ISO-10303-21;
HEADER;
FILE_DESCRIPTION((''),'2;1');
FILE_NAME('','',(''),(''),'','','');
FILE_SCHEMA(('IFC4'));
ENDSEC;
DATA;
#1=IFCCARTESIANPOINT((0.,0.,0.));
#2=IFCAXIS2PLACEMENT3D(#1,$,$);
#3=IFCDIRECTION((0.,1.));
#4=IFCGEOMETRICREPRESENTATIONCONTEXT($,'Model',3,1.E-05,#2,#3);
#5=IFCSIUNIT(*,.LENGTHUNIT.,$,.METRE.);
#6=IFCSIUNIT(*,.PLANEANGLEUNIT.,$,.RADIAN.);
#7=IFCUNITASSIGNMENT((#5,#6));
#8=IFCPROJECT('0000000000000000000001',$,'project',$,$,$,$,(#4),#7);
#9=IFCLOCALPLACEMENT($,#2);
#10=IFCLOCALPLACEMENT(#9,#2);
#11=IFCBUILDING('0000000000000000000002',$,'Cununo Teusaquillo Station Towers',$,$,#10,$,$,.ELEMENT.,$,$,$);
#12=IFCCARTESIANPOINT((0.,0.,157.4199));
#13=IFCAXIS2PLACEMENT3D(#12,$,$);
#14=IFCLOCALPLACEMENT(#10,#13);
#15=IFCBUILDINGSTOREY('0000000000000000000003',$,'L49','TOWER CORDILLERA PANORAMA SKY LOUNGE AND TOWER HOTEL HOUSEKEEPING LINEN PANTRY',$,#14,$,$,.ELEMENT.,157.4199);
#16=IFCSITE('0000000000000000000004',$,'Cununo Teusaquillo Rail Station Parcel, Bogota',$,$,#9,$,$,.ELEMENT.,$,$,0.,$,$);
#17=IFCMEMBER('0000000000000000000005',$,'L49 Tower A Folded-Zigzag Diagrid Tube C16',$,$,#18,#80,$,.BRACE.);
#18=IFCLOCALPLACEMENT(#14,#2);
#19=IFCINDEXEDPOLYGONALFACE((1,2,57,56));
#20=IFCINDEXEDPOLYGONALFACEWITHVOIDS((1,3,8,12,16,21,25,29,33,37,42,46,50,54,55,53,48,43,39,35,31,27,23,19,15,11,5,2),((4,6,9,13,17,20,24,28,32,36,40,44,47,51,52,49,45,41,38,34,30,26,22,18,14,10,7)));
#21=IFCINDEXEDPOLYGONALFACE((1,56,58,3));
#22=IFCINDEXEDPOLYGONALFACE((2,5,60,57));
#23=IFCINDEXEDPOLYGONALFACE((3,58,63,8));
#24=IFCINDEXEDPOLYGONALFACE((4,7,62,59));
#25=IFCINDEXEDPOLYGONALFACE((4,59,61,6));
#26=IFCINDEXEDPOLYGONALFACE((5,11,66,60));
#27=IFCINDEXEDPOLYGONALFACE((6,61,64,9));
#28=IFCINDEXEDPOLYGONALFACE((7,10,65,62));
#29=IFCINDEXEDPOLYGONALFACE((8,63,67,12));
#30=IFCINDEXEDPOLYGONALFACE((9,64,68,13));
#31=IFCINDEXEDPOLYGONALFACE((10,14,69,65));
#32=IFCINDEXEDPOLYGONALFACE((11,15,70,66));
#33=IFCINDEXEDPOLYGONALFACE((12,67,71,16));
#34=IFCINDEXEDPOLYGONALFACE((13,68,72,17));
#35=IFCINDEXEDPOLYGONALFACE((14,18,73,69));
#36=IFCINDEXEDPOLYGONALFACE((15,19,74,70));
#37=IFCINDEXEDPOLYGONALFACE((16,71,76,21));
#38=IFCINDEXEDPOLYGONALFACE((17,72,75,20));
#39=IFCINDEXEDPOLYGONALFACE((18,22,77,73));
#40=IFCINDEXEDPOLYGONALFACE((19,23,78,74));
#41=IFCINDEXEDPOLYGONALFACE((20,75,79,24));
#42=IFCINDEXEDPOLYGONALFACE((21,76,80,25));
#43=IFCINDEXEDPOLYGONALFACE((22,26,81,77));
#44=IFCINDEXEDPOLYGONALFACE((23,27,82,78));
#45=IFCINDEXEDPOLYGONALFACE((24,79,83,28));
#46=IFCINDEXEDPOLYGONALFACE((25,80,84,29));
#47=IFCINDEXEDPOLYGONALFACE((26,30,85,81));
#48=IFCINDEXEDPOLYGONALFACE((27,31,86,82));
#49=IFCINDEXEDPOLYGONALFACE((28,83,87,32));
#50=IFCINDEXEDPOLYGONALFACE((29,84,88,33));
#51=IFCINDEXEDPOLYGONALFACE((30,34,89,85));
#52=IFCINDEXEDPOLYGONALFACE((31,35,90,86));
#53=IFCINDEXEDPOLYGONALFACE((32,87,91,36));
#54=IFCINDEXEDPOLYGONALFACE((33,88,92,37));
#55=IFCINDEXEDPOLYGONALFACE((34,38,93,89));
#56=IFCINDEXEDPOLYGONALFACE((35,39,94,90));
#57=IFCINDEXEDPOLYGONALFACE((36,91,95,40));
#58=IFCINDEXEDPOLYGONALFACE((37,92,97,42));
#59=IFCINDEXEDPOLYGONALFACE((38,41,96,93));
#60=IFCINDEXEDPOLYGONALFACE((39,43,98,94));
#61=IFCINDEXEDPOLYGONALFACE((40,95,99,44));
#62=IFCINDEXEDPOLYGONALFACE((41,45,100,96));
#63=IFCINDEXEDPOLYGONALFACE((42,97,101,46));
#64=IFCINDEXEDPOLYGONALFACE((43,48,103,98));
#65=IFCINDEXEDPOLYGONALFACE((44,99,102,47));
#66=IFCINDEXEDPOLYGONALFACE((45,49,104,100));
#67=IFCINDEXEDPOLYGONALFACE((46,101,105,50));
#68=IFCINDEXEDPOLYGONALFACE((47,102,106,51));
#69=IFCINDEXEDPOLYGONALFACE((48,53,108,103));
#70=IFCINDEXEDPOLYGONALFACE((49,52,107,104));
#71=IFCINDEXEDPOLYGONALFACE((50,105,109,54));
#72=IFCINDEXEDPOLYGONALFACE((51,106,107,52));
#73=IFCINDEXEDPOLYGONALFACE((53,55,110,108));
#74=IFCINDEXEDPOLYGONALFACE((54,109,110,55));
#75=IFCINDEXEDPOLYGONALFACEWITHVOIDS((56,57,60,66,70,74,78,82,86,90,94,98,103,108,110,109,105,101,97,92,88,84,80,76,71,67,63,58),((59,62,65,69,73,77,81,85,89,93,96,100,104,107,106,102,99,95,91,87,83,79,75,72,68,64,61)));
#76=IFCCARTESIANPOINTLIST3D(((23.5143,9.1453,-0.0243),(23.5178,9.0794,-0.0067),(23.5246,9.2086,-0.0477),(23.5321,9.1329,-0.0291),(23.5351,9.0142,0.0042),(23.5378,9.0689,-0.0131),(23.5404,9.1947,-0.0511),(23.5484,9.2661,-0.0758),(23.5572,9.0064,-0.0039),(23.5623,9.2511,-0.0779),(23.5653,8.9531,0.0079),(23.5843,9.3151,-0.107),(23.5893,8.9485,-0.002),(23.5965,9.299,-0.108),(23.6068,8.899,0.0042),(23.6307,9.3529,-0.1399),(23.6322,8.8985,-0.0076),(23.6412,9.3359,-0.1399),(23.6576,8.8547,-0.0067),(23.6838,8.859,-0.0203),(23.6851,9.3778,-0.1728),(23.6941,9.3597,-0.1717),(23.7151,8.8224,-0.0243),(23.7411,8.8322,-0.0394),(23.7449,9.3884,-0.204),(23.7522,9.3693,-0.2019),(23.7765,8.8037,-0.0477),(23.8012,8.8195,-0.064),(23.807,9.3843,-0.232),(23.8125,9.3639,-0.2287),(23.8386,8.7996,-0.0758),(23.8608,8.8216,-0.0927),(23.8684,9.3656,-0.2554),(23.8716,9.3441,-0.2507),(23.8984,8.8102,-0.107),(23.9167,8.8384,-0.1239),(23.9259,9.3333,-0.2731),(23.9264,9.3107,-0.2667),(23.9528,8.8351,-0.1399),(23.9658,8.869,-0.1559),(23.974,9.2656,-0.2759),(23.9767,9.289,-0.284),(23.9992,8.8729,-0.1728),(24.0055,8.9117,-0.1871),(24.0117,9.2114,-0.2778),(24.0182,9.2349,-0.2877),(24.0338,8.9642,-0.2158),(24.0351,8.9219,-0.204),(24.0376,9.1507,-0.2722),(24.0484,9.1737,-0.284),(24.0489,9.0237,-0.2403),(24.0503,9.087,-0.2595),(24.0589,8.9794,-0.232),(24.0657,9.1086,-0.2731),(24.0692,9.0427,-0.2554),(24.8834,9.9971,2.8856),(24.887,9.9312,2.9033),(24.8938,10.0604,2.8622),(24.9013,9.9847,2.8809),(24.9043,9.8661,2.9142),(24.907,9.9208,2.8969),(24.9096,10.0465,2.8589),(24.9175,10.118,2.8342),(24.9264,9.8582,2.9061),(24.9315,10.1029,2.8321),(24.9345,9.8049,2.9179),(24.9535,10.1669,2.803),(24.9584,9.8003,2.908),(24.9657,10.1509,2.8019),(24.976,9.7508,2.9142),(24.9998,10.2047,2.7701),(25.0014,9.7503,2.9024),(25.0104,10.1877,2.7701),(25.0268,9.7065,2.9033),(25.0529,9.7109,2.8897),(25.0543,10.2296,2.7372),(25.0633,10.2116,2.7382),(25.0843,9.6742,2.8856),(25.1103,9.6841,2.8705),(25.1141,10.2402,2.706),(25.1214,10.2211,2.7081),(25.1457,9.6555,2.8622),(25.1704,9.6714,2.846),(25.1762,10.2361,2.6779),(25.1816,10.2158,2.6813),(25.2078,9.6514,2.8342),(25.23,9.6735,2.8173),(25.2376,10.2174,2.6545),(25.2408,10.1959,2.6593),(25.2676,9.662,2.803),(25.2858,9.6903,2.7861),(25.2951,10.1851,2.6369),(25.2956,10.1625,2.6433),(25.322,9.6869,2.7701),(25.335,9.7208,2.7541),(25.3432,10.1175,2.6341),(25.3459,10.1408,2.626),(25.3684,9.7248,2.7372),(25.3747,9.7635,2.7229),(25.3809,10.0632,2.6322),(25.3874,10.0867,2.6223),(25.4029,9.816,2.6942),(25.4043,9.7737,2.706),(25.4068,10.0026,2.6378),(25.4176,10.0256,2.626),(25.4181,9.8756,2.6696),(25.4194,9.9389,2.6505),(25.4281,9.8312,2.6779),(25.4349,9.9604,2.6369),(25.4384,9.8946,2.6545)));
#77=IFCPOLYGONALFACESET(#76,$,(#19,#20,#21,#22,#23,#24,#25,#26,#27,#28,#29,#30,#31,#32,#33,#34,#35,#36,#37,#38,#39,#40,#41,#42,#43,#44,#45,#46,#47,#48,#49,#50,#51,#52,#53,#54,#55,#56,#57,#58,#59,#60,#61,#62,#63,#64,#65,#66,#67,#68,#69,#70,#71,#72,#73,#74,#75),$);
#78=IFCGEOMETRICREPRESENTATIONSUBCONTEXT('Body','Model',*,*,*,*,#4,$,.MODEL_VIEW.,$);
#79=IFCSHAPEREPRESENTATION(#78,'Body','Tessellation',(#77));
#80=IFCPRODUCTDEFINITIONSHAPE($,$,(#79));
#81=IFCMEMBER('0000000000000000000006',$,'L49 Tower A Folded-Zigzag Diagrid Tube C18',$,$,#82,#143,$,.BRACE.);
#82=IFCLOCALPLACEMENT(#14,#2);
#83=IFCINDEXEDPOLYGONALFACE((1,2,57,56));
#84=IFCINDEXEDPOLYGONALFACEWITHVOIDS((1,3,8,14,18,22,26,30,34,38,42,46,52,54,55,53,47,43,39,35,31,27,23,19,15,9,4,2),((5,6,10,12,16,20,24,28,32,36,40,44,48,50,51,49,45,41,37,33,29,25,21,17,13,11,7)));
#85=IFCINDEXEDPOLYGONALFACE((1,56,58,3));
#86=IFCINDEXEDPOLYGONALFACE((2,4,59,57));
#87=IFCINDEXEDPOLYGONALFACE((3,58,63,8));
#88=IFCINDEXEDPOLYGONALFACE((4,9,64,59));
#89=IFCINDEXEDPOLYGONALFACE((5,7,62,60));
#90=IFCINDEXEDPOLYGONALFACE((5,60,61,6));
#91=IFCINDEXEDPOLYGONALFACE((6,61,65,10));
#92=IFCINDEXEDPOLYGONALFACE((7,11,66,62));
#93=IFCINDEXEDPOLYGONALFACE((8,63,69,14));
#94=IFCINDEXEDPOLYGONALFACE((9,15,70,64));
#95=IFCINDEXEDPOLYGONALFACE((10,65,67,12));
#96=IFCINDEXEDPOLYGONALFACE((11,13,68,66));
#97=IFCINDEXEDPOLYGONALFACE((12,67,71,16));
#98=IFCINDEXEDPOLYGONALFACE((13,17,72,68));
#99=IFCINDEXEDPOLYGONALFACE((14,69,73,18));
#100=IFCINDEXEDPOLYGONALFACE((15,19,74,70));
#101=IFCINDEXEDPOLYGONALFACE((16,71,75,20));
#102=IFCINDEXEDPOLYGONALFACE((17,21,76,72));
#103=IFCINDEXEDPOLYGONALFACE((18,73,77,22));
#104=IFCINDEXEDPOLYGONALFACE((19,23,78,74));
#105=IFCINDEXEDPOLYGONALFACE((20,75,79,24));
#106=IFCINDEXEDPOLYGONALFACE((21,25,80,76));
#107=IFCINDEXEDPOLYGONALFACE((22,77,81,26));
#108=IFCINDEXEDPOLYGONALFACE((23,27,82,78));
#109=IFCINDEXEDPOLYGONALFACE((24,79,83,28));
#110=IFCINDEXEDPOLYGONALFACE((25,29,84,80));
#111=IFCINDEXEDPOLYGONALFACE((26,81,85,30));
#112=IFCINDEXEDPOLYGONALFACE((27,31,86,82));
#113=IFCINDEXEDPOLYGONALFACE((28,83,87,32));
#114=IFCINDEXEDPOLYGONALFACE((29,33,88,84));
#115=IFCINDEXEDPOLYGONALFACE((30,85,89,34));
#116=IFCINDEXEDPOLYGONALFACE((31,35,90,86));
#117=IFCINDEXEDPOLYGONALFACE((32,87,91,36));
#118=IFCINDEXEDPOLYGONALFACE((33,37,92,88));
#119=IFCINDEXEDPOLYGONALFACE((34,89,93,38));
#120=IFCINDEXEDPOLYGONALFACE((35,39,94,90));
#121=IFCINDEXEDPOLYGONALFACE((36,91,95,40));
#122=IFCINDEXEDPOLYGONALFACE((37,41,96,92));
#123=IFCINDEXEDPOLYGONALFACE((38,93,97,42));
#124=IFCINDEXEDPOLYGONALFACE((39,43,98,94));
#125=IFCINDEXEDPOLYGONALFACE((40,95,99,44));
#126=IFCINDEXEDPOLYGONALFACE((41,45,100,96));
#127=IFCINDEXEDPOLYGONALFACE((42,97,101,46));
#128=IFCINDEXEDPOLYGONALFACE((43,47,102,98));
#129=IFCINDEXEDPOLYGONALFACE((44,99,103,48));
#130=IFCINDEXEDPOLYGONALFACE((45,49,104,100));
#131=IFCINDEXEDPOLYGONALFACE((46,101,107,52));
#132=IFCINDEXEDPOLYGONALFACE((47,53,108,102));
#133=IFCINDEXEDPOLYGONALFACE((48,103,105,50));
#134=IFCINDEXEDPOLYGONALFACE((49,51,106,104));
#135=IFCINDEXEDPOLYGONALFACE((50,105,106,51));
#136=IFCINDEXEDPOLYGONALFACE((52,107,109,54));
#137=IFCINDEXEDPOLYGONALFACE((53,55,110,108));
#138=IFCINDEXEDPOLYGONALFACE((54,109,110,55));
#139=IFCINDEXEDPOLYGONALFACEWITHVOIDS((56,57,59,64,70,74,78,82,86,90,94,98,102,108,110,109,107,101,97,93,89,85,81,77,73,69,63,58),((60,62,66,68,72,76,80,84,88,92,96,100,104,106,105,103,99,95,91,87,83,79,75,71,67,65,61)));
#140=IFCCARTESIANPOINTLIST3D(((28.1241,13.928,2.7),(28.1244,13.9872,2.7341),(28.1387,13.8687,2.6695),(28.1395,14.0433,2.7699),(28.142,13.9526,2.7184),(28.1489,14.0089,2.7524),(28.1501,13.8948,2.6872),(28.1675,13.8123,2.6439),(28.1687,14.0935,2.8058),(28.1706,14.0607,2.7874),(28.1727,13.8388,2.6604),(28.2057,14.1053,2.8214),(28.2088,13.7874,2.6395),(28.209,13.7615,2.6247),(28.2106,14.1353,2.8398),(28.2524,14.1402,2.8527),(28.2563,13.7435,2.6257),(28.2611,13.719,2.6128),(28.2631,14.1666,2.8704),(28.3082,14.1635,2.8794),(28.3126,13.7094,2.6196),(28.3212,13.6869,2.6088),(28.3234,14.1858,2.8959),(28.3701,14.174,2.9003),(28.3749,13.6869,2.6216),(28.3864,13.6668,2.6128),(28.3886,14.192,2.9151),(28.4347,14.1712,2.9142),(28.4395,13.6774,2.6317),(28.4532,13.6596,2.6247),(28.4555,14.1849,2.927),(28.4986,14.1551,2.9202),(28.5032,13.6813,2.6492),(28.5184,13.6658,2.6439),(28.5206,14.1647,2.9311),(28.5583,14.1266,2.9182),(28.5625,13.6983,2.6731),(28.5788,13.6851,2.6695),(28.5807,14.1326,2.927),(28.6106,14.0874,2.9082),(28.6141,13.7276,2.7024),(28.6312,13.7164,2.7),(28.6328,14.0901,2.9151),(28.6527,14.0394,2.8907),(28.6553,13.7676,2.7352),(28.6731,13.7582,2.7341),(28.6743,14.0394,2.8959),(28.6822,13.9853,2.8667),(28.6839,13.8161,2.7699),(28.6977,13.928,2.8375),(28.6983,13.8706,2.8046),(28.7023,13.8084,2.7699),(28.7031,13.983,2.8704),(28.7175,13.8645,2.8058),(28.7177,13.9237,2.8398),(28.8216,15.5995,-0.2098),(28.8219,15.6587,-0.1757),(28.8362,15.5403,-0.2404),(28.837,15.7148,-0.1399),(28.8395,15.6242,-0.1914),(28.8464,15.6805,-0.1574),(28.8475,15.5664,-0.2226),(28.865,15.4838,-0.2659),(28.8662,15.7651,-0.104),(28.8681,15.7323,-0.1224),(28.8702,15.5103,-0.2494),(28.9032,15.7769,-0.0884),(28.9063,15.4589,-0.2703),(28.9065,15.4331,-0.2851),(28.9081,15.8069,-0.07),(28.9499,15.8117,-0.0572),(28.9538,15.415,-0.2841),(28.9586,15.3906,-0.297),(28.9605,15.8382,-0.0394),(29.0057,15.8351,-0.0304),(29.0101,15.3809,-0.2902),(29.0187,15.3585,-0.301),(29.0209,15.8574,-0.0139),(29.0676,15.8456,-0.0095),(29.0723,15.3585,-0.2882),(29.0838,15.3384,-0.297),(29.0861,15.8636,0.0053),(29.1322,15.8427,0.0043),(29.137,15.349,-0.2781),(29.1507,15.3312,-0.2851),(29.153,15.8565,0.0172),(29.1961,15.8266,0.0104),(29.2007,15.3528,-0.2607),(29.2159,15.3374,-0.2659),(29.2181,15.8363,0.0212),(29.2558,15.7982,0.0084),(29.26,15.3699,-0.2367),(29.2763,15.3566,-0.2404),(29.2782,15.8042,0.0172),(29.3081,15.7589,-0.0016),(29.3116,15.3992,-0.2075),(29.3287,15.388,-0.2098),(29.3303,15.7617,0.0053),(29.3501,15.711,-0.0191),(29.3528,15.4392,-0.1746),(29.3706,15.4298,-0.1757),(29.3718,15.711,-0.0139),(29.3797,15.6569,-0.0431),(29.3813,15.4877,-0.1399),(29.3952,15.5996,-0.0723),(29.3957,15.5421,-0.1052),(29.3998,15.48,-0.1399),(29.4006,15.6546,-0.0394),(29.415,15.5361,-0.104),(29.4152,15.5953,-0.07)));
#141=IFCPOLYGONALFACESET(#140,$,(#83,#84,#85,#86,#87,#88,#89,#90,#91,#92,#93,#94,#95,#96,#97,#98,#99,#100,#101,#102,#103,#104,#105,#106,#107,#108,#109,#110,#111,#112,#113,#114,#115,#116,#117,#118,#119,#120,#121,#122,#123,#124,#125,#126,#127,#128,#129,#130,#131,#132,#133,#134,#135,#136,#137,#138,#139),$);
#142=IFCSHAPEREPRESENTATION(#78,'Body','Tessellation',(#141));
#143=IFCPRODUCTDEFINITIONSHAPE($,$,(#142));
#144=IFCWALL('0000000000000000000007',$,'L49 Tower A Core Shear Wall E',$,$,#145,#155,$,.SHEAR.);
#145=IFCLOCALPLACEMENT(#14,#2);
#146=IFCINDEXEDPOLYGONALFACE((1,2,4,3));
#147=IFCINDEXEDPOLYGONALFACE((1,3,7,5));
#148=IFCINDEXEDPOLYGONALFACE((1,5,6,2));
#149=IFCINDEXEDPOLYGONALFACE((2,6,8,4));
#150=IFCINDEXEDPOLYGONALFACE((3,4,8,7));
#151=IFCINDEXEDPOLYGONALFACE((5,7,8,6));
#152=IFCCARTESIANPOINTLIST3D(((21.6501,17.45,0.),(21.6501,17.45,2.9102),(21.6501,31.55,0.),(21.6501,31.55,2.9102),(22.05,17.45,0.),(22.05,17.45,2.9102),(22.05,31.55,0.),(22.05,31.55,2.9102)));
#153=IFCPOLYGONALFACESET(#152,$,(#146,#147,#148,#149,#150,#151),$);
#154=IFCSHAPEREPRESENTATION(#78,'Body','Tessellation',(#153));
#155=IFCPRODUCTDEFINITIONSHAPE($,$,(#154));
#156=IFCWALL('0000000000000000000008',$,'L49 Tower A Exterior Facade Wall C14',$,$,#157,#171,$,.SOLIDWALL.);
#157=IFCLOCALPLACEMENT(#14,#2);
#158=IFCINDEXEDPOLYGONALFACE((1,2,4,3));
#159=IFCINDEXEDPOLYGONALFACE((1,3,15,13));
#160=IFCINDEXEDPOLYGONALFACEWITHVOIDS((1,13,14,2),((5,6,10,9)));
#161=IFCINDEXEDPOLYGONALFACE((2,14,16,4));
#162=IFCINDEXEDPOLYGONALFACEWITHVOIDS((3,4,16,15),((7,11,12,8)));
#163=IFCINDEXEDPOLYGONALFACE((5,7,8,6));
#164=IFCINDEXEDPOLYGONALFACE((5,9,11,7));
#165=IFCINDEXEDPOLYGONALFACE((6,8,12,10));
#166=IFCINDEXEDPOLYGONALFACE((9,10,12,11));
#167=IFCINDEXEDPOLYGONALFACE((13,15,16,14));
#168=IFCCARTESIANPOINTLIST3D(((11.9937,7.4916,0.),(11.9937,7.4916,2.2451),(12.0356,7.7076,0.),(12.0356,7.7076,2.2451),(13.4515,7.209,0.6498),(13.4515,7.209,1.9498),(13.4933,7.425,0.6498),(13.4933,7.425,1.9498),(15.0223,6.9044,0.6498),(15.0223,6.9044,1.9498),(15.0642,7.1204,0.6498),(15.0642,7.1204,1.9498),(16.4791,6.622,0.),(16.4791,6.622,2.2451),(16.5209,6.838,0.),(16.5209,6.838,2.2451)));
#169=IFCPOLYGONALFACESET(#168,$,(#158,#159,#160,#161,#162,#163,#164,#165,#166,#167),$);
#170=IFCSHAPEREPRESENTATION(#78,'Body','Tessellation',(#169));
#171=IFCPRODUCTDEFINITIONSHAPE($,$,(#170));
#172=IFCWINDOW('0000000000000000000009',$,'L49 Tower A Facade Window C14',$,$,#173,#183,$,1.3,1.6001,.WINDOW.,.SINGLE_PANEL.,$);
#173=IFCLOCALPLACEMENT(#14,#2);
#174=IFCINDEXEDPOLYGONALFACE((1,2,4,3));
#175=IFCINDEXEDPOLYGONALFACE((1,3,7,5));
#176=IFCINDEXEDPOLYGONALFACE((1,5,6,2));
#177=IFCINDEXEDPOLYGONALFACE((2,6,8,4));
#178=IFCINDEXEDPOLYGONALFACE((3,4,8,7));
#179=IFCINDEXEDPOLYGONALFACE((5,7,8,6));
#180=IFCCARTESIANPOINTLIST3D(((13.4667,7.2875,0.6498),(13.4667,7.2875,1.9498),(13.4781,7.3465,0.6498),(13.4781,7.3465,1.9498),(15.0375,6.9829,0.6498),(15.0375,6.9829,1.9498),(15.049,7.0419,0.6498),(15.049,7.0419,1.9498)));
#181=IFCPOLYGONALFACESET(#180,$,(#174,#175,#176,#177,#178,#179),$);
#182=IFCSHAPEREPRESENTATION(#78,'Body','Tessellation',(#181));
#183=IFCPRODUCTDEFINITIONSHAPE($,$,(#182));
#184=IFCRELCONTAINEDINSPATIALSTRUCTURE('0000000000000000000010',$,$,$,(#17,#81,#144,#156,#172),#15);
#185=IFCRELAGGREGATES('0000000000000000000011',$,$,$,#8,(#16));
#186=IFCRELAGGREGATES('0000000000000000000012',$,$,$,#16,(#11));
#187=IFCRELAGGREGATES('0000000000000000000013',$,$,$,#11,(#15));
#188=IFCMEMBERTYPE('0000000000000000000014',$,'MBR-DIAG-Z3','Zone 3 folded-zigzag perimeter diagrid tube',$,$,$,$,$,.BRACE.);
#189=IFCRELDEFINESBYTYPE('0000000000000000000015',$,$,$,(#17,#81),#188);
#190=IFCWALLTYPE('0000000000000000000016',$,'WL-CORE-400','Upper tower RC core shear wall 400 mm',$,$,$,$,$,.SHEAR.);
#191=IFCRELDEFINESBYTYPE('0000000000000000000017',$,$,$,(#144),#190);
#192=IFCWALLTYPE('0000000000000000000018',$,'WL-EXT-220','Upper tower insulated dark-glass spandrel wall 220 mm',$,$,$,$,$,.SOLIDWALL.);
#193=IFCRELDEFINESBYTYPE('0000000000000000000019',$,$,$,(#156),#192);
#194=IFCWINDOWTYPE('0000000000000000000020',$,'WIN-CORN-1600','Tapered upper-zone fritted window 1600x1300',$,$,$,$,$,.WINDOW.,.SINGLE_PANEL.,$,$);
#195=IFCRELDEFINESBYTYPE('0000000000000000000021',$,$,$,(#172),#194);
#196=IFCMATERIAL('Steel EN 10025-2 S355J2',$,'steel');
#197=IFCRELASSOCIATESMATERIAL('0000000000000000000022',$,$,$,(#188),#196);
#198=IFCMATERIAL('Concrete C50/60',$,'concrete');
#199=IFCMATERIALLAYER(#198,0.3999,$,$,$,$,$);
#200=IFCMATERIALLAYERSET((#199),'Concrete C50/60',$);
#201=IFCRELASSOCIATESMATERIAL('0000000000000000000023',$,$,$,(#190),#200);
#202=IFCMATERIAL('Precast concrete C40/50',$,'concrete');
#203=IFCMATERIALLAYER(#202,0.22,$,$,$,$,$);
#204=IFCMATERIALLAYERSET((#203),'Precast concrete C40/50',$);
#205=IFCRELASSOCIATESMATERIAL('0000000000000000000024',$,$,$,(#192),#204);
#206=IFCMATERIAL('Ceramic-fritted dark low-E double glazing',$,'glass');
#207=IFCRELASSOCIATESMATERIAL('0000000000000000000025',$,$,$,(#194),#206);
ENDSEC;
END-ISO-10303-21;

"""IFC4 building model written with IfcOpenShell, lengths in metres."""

from ifc_helpers import new_model, si_unit, direction, frame, frame_2d, origin, origin_2d, place, context, subcontext, project, spatial, rectangle, hollow_circle, extrude, source, transform, mapped, material, layer, layer_set, material_profile, profile_set, type_object, element, fill, save


model = new_model("IFC4")

# Units and contexts
model_context = context("Model", 3, precision=1e-05, world=origin(), true_north=direction((0.0, 1.0)))
body_context = subcontext(model_context, "Body", "Model", "MODEL_VIEW")
ifc_project = project(units=[si_unit("LENGTHUNIT", "METRE"), si_unit("PLANEANGLEUNIT", "RADIAN")], contexts=[model_context])

# Site, building, storey
site_placement = place(None, origin())
site = spatial("IfcSite", under=ifc_project, at=site_placement, Name="Cununo Teusaquillo Rail Station Parcel, Bogota", CompositionType="ELEMENT", RefElevation=0.0)
building_placement = place(site_placement, origin())
building = spatial("IfcBuilding", under=site, at=building_placement, Name="Cununo Teusaquillo Station Towers", CompositionType="ELEMENT")
storey_placement = place(building_placement, frame((0.0, 0.0, 157.4199)))
storey = spatial("IfcBuildingStorey", under=building, at=storey_placement, Name="L49", Description="TOWER CORDILLERA PANORAMA SKY LOUNGE AND TOWER HOTEL HOUSEKEEPING LINEN PANTRY", CompositionType="ELEMENT", Elevation=157.4199)

# Members
ifc_material_1 = material(Name="Steel EN 10025-2 S355J2", Category="steel")
ifc_material_profile_1 = material_profile(ifc_material_1, hollow_circle(Radius=0.3049, WallThickness=0.02, at=origin_2d()), Name="CHS 610x20")
ifc_profile_set_1 = profile_set([ifc_material_profile_1], Name="Steel EN 10025-2 S355J2")
member_type = type_object("IfcMemberType", Name="MBR-DIAG-Z3", Description="Zone 3 folded-zigzag perimeter diagrid tube", PredefinedType="BRACE", material=ifc_profile_set_1)
member_1_placement = place(storey_placement, frame((23.7917, 9.094, -0.1399), z_axis=(0.411547, 0.256043, 0.874684), x_axis=(-0.528256, 0.849085, 0.0)))
element("IfcMember", 1, at=member_1_placement, inside=storey, type_object=member_type, Name="L49 Tower A Folded-Zigzag Diagrid Tube C16", PredefinedType="BRACE", context=body_context, shape_type="SweptSolid", body=[
    extrude(hollow_circle(Radius=0.3049, WallThickness=0.02, at=origin_2d()), origin(), (0.0, 0.0, 1.0), 3.3269),
])
member_2_placement = place(storey_placement, frame((29.1184, 15.5974, -0.1399), z_axis=(-0.203498, -0.487697, 0.848964), x_axis=(0.922881, -0.385084, 0.0)))
element("IfcMember", 2, at=member_2_placement, inside=storey, type_object=member_type, Name="L49 Tower A Folded-Zigzag Diagrid Tube C18", PredefinedType="BRACE", context=body_context, shape_type="SweptSolid", body=[
    extrude(hollow_circle(Radius=0.3049, WallThickness=0.02, at=origin_2d()), origin(), (0.0, 0.0, 1.0), 3.4275),
])

# Wall
ifc_material_2 = material(Name="Concrete C50/60", Category="concrete")
ifc_layer_1 = layer(ifc_material_2, 0.3999)
ifc_layer_set_1 = layer_set([ifc_layer_1], Name="Concrete C50/60")
wall_type_1 = type_object("IfcWallType", Name="WL-CORE-400", Description="Upper tower RC core shear wall 400 mm", PredefinedType="SHEAR", material=ifc_layer_set_1)
wall_1_placement = place(storey_placement, frame((21.8501, 17.45, 0.0), z_axis=(0.0, 0.0, 1.0), x_axis=(0.0, 1.0, 0.0)))
element("IfcWall", 3, at=wall_1_placement, inside=storey, type_object=wall_type_1, Name="L49 Tower A Core Shear Wall E", PredefinedType="SHEAR", context=body_context, shape_type="SweptSolid", body=[
    extrude(rectangle(XDim=14.1001, YDim=0.3999, at=frame_2d((7.05, 0.0))), origin(), (0.0, 0.0, 1.0), 2.9102),
])

# Wall, opening, window
ifc_material_3 = material(Name="Precast concrete C40/50", Category="concrete")
ifc_layer_2 = layer(ifc_material_3, 0.22)
ifc_layer_set_2 = layer_set([ifc_layer_2], Name="Precast concrete C40/50")
wall_type_2 = type_object("IfcWallType", Name="WL-EXT-220", Description="Upper tower insulated dark-glass spandrel wall 220 mm", PredefinedType="SOLIDWALL", material=ifc_layer_set_2)
wall_2_placement = place(storey_placement, frame((16.5, 6.73, 0.0), z_axis=(0.0, 0.0, 1.0), x_axis=(-0.981719, 0.190338, 0.0)))
wall_2 = element("IfcWall", 4, at=wall_2_placement, inside=storey, type_object=wall_type_2, Name="L49 Tower A Exterior Facade Wall C14", PredefinedType="SOLIDWALL", context=body_context, shape_type="SweptSolid", body=[
    extrude(rectangle(XDim=4.5688, YDim=0.22, at=frame_2d((2.2844, 0.0))), origin(), (0.0, 0.0, 1.0), 2.2451),
])
shared_shape_1 = source(origin(), body_context, "Body", "SweptSolid", [
    extrude(rectangle(XDim=1.6001, YDim=1.3, at=frame_2d((0.8, 0.6499))), frame((0.0, 0.1199, 0.0), z_axis=(0.0, -1.0, 0.0), x_axis=(1.0, 0.0, 0.0)), (0.0, 0.0, 1.0), 0.24),
])
opening_1_placement = place(wall_2_placement, frame((1.4839, 0.0, 0.6499)))
opening_1 = element("IfcOpeningElement", 5, at=opening_1_placement, cuts=wall_2, PredefinedType="OPENING", context=body_context, shape_type="MappedRepresentation", body=[
    mapped(shared_shape_1, transform((0.0, 0.0, 0.0), x_axis=(1.0, 0.0, 0.0), y_axis=(0.0, 1.0, 0.0), z_axis=(0.0, 0.0, 1.0), scale=1.0)),
])
ifc_material_4 = material(Name="Ceramic-fritted dark low-E double glazing", Category="glass")
window_type = type_object("IfcWindowType", Name="WIN-CORN-1600", Description="Tapered upper-zone fritted window 1600x1300", PartitioningType="SINGLE_PANEL", PredefinedType="WINDOW", material=ifc_material_4)
shared_shape_2 = source(origin(), body_context, "Body", "SweptSolid", [
    extrude(rectangle(XDim=1.6001, YDim=1.3, at=frame_2d((0.8, 0.6499))), frame((0.0, 0.03, 0.0), z_axis=(0.0, -1.0, 0.0), x_axis=(1.0, 0.0, 0.0)), (0.0, 0.0, 1.0), 0.0601),
])
window_1_placement = place(opening_1_placement, origin())
window_1 = element("IfcWindow", 6, at=window_1_placement, inside=storey, type_object=window_type, Name="L49 Tower A Facade Window C14", OverallHeight=1.3, OverallWidth=1.6001, PartitioningType="SINGLE_PANEL", PredefinedType="WINDOW", context=body_context, shape_type="MappedRepresentation", body=[
    mapped(shared_shape_2, transform((0.0, 0.0, 0.0), x_axis=(1.0, 0.0, 0.0), y_axis=(0.0, 1.0, 0.0), z_axis=(0.0, 0.0, 1.0), scale=1.0)),
])
fill(opening_1, window_1)

save(model, "model.ifc")
